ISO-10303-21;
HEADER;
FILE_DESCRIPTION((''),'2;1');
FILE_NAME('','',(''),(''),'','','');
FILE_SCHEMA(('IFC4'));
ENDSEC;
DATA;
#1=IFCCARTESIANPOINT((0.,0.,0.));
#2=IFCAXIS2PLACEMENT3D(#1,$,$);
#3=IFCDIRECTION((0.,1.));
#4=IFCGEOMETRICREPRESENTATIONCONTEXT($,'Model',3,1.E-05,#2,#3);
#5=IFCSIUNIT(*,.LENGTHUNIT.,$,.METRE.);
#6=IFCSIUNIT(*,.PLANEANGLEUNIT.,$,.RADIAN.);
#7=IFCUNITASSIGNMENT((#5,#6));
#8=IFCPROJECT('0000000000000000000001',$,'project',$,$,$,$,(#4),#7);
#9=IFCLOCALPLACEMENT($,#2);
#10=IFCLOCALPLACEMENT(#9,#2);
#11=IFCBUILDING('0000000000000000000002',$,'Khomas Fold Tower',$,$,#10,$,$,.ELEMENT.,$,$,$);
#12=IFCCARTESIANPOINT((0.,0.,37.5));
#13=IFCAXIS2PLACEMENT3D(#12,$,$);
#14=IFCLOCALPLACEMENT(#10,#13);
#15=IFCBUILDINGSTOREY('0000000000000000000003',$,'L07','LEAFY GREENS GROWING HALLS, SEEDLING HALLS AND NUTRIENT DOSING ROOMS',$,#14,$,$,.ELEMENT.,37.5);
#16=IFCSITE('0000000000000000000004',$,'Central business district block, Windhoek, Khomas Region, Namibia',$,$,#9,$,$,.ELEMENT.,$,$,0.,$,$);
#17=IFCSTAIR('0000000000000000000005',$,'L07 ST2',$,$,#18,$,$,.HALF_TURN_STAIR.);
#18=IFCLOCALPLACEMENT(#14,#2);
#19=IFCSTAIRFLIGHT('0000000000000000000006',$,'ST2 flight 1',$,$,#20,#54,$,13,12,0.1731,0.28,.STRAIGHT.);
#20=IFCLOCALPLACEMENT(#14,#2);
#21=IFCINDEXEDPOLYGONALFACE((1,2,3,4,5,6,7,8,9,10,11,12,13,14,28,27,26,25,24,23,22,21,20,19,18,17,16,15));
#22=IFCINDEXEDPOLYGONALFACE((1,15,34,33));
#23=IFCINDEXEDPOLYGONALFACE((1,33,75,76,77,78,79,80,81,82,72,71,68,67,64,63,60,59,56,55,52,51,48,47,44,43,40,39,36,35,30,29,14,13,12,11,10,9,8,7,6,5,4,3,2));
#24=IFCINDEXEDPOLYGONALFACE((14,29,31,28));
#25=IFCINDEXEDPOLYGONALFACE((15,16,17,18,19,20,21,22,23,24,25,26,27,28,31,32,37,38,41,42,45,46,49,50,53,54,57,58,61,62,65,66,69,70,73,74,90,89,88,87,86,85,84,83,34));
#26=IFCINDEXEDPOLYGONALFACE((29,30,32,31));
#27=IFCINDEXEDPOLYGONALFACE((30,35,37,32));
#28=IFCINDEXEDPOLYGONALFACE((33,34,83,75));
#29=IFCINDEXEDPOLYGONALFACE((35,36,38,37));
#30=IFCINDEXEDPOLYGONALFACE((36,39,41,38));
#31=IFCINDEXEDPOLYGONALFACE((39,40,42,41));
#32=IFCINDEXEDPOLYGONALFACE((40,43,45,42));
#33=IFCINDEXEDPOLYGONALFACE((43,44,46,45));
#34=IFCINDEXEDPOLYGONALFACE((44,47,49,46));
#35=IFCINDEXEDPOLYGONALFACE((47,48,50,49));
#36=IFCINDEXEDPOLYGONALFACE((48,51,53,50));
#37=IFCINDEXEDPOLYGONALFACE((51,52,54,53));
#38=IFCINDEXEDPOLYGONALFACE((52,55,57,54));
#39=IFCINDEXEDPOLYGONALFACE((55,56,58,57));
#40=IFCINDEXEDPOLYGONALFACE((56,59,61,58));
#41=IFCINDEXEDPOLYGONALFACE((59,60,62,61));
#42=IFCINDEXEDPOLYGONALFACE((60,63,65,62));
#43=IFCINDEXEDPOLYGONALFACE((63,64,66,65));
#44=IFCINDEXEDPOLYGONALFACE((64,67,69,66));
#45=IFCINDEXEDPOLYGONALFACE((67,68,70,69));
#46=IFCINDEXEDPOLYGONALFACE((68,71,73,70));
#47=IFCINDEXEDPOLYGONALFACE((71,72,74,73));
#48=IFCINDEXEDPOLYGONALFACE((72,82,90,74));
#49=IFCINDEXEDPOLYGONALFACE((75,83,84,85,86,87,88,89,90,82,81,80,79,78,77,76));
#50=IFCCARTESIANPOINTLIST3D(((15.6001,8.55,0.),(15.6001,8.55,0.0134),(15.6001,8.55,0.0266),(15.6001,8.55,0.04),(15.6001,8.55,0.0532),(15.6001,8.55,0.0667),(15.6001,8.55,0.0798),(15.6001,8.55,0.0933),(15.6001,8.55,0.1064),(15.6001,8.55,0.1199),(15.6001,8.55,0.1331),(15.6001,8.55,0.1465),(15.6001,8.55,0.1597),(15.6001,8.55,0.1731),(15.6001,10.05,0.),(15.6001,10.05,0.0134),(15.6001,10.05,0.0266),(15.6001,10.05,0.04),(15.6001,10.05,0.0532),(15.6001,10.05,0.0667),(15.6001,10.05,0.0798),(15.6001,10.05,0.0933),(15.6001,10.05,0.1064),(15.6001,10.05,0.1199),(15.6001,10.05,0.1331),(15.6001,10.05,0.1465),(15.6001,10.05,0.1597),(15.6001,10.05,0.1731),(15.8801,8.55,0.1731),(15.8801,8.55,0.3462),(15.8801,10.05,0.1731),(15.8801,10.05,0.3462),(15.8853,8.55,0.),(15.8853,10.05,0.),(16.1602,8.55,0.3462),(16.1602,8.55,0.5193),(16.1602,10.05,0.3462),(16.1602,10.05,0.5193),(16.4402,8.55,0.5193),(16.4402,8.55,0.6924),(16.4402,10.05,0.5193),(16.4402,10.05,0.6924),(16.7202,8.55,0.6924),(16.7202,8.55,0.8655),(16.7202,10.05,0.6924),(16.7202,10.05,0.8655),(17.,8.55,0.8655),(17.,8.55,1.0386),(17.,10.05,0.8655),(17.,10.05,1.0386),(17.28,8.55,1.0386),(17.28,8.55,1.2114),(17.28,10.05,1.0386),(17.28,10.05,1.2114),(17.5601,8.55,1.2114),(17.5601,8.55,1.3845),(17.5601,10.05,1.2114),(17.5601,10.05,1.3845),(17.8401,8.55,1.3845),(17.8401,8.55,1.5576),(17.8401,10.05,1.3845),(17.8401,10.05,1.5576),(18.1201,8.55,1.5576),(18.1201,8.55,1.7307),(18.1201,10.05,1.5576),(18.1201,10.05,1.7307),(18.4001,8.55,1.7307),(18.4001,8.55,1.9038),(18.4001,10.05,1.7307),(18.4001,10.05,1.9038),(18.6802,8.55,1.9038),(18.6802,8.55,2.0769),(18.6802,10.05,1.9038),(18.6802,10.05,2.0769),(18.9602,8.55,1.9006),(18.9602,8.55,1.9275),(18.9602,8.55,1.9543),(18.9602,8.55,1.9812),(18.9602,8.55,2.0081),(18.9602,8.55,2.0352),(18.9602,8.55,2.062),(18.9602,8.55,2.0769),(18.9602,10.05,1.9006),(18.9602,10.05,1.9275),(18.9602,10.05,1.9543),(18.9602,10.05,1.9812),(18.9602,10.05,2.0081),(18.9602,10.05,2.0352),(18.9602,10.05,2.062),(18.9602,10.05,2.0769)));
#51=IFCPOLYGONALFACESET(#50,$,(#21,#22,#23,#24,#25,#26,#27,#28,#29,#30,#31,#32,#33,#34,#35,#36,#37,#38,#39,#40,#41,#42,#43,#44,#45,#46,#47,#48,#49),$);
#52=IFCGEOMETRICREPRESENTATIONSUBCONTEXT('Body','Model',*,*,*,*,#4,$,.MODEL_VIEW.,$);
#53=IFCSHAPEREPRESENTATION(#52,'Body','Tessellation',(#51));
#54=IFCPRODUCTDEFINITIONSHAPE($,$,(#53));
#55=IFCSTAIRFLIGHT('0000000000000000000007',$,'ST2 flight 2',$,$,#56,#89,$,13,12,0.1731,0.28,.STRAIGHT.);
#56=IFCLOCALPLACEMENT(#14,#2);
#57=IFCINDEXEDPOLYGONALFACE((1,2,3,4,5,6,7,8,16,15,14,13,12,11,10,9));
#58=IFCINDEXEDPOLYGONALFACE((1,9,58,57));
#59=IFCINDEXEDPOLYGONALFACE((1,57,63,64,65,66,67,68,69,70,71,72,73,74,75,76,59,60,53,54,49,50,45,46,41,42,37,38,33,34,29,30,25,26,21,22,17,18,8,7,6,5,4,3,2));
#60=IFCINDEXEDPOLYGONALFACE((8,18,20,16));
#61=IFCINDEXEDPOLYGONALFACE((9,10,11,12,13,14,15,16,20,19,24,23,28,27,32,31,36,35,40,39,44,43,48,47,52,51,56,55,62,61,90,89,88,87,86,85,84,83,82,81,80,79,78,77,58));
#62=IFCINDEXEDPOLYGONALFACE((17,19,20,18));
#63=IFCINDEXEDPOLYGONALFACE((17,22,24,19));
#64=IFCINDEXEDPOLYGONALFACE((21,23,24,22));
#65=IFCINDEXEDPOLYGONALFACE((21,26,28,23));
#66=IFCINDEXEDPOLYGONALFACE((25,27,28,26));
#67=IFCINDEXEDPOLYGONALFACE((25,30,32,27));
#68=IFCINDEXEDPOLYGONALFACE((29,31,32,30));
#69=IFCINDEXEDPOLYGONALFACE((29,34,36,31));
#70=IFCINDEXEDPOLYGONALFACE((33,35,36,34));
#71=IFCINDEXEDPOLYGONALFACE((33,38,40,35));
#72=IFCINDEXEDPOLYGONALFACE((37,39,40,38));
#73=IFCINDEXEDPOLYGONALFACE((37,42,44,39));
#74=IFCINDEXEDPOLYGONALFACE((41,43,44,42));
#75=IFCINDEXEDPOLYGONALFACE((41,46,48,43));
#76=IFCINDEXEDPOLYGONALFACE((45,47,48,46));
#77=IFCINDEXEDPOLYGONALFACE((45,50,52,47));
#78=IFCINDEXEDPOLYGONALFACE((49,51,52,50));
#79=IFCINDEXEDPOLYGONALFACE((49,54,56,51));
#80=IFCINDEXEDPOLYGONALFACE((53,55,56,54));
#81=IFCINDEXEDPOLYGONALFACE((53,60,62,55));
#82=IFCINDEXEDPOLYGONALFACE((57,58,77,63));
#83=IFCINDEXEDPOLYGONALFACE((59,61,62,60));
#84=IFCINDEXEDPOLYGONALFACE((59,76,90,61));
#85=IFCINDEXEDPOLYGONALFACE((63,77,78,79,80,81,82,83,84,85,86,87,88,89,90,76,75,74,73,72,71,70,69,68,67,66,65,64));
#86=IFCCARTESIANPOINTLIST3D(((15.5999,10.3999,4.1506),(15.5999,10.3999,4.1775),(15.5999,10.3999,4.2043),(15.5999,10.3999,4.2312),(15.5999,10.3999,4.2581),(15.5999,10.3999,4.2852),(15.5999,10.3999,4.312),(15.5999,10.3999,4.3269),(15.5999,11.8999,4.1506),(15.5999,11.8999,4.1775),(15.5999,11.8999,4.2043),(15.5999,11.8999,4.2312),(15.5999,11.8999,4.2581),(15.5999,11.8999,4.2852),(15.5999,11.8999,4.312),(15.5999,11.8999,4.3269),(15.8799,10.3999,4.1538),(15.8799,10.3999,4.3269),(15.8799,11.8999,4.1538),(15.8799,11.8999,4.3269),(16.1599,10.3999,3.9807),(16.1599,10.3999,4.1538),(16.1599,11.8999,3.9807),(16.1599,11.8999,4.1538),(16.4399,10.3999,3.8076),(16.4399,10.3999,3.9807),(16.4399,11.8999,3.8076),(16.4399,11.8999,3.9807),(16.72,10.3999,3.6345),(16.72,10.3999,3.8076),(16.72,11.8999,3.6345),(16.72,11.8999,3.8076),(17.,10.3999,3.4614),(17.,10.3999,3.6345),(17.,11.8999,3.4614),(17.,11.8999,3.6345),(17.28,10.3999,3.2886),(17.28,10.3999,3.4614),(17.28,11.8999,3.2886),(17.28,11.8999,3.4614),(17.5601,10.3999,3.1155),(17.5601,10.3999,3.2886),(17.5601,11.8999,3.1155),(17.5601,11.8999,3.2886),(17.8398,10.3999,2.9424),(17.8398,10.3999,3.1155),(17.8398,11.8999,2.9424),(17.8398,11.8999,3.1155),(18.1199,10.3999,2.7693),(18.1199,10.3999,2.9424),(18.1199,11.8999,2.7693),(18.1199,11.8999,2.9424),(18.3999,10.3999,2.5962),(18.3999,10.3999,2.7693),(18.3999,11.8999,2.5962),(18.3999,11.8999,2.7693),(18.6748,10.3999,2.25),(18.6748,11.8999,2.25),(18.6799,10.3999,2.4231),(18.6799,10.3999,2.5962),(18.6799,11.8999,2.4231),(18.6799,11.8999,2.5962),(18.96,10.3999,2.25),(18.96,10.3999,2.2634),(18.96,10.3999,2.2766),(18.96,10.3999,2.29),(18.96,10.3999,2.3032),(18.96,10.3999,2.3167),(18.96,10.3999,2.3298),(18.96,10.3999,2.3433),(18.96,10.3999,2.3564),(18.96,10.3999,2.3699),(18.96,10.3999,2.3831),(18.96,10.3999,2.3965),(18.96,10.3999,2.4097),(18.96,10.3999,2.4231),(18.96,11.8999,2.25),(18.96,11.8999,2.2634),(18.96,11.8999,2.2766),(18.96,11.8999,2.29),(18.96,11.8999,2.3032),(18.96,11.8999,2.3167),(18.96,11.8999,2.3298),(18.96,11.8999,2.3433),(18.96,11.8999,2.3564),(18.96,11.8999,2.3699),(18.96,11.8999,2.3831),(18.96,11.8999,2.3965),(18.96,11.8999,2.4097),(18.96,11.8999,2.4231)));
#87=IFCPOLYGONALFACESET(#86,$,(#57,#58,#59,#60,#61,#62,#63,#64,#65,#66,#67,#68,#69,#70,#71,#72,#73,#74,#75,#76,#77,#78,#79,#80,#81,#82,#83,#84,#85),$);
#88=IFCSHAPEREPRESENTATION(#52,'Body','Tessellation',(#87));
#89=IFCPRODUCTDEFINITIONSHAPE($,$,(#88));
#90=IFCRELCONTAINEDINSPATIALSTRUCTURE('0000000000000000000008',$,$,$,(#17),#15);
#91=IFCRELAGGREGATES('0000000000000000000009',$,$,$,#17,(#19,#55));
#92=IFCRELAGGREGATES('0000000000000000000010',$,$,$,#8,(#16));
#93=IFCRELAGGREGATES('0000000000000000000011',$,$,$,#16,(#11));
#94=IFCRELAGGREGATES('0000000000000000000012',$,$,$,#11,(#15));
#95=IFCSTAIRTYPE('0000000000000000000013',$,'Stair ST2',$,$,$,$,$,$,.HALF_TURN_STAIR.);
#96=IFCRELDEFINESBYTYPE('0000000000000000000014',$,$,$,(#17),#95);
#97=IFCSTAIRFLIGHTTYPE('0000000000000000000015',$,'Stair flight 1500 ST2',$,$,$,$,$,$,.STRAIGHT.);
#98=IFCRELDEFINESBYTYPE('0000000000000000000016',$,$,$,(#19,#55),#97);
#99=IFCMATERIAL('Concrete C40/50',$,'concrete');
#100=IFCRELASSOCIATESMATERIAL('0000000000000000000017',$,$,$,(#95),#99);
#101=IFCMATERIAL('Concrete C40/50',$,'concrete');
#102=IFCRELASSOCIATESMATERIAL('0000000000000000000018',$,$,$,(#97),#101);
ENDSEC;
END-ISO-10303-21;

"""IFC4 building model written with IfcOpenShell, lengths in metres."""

from ifc_helpers import new_model, si_unit, direction, frame, origin, place, context, subcontext, project, spatial, polyline, outline, extrude, source, transform, mapped, material, type_object, element, aggregate, save


model = new_model("IFC4")

# Units and contexts
model_context = context("Model", 3, precision=1e-05, world=origin(), true_north=direction((0.0, 1.0)))
body_context = subcontext(model_context, "Body", "Model", "MODEL_VIEW")
ifc_project = project(units=[si_unit("LENGTHUNIT", "METRE"), si_unit("PLANEANGLEUNIT", "RADIAN")], contexts=[model_context])

# Site, building, storey
site_placement = place(None, origin())
site = spatial("IfcSite", under=ifc_project, at=site_placement, Name="Central business district block, Windhoek, Khomas Region, Namibia", CompositionType="ELEMENT", RefElevation=0.0)
building_placement = place(site_placement, origin())
building = spatial("IfcBuilding", under=site, at=building_placement, Name="Khomas Fold Tower", CompositionType="ELEMENT")
storey_placement = place(building_placement, frame((0.0, 0.0, 37.5)))
storey = spatial("IfcBuildingStorey", under=building, at=storey_placement, Name="L07", Description="LEAFY GREENS GROWING HALLS, SEEDLING HALLS AND NUTRIENT DOSING ROOMS", CompositionType="ELEMENT", Elevation=37.5)

# Stair, stair flights
ifc_material_1 = material(Name="Concrete C40/50", Category="concrete")
stair_type = type_object("IfcStairType", Name="Stair ST2", PredefinedType="HALF_TURN_STAIR", material=ifc_material_1)
stair_placement = place(storey_placement, origin())
stair = element("IfcStair", 1, at=stair_placement, inside=storey, type_object=stair_type, Name="L07 ST2", PredefinedType="HALF_TURN_STAIR")
ifc_material_2 = material(Name="Concrete C40/50", Category="concrete")
stair_flight_type = type_object("IfcStairFlightType", Name="Stair flight 1500 ST2", PredefinedType="STRAIGHT", material=ifc_material_2)
shared_shape_1 = source(origin(), body_context, "Body", "SweptSolid", [
    extrude(outline(polyline([(0.0, 0.0), (0.0, 0.0134), (0.0, 0.0266), (0.0, 0.04), (0.0, 0.0532), (0.0, 0.0667), (0.0, 0.0798), (0.0, 0.0933), (0.0, 0.1064), (0.0, 0.1199), (0.0, 0.1331), (0.0, 0.1465), (0.0, 0.1597), (0.0, 0.1731), (0.28, 0.1731), (0.28, 0.3462), (0.5601, 0.3462), (0.5601, 0.5193), (0.8401, 0.5193), (0.8401, 0.6924), (1.1201, 0.6924), (1.1201, 0.8655), (1.3999, 0.8655), (1.3999, 1.0386), (1.6799, 1.0386), (1.6799, 1.2114), (1.96, 1.2114), (1.96, 1.3845), (2.24, 1.3845), (2.24, 1.5576), (2.52, 1.5576), (2.52, 1.7307), (2.8, 1.7307), (2.8, 1.9038), (3.0801, 1.9038), (3.0801, 2.0769), (3.3601, 2.0769), (3.3601, 2.25), (3.3601, 2.2231), (3.3601, 2.1963), (3.3601, 2.1694), (3.3601, 2.1426), (3.3601, 2.1157), (3.3601, 2.0889), (3.3601, 2.062), (3.3601, 2.0352), (3.3601, 2.0081), (3.3601, 1.9812), (3.3601, 1.9543), (3.3601, 1.9275), (3.3601, 1.9006), (0.2852, 0.0), (0.0, 0.0)])), frame((0.0, 0.75, 0.0), z_axis=(0.0, -1.0, 0.0), x_axis=(1.0, 0.0, 0.0)), (0.0, 0.0, 1.0), 1.5),
])
stair_flight_1_placement = place(storey_placement, frame((15.6001, 9.3, 0.0), z_axis=(0.0, 0.0, 1.0), x_axis=(1.0, 0.0, 0.0)))
stair_flight_1 = element("IfcStairFlight", 2, at=stair_flight_1_placement, type_object=stair_flight_type, Name="ST2 flight 1", NumberOfRisers=13, NumberOfTreads=12, PredefinedType="STRAIGHT", RiserHeight=0.1731, TreadLength=0.28, context=body_context, shape_type="MappedRepresentation", body=[
    mapped(shared_shape_1, transform((0.0, 0.0, 0.0))),
])
stair_flight_2_placement = place(storey_placement, frame((18.96, 11.1499, 2.25), z_axis=(0.0, 0.0, 1.0), x_axis=(-1.0, 0.0, 0.0)))
stair_flight_2 = element("IfcStairFlight", 3, at=stair_flight_2_placement, type_object=stair_flight_type, Name="ST2 flight 2", NumberOfRisers=13, NumberOfTreads=12, PredefinedType="STRAIGHT", RiserHeight=0.1731, TreadLength=0.28, context=body_context, shape_type="MappedRepresentation", body=[
    mapped(shared_shape_1, transform((0.0, 0.0, 0.0))),
])
aggregate(stair, [stair_flight_1, stair_flight_2])

save(model, "model.ifc")
